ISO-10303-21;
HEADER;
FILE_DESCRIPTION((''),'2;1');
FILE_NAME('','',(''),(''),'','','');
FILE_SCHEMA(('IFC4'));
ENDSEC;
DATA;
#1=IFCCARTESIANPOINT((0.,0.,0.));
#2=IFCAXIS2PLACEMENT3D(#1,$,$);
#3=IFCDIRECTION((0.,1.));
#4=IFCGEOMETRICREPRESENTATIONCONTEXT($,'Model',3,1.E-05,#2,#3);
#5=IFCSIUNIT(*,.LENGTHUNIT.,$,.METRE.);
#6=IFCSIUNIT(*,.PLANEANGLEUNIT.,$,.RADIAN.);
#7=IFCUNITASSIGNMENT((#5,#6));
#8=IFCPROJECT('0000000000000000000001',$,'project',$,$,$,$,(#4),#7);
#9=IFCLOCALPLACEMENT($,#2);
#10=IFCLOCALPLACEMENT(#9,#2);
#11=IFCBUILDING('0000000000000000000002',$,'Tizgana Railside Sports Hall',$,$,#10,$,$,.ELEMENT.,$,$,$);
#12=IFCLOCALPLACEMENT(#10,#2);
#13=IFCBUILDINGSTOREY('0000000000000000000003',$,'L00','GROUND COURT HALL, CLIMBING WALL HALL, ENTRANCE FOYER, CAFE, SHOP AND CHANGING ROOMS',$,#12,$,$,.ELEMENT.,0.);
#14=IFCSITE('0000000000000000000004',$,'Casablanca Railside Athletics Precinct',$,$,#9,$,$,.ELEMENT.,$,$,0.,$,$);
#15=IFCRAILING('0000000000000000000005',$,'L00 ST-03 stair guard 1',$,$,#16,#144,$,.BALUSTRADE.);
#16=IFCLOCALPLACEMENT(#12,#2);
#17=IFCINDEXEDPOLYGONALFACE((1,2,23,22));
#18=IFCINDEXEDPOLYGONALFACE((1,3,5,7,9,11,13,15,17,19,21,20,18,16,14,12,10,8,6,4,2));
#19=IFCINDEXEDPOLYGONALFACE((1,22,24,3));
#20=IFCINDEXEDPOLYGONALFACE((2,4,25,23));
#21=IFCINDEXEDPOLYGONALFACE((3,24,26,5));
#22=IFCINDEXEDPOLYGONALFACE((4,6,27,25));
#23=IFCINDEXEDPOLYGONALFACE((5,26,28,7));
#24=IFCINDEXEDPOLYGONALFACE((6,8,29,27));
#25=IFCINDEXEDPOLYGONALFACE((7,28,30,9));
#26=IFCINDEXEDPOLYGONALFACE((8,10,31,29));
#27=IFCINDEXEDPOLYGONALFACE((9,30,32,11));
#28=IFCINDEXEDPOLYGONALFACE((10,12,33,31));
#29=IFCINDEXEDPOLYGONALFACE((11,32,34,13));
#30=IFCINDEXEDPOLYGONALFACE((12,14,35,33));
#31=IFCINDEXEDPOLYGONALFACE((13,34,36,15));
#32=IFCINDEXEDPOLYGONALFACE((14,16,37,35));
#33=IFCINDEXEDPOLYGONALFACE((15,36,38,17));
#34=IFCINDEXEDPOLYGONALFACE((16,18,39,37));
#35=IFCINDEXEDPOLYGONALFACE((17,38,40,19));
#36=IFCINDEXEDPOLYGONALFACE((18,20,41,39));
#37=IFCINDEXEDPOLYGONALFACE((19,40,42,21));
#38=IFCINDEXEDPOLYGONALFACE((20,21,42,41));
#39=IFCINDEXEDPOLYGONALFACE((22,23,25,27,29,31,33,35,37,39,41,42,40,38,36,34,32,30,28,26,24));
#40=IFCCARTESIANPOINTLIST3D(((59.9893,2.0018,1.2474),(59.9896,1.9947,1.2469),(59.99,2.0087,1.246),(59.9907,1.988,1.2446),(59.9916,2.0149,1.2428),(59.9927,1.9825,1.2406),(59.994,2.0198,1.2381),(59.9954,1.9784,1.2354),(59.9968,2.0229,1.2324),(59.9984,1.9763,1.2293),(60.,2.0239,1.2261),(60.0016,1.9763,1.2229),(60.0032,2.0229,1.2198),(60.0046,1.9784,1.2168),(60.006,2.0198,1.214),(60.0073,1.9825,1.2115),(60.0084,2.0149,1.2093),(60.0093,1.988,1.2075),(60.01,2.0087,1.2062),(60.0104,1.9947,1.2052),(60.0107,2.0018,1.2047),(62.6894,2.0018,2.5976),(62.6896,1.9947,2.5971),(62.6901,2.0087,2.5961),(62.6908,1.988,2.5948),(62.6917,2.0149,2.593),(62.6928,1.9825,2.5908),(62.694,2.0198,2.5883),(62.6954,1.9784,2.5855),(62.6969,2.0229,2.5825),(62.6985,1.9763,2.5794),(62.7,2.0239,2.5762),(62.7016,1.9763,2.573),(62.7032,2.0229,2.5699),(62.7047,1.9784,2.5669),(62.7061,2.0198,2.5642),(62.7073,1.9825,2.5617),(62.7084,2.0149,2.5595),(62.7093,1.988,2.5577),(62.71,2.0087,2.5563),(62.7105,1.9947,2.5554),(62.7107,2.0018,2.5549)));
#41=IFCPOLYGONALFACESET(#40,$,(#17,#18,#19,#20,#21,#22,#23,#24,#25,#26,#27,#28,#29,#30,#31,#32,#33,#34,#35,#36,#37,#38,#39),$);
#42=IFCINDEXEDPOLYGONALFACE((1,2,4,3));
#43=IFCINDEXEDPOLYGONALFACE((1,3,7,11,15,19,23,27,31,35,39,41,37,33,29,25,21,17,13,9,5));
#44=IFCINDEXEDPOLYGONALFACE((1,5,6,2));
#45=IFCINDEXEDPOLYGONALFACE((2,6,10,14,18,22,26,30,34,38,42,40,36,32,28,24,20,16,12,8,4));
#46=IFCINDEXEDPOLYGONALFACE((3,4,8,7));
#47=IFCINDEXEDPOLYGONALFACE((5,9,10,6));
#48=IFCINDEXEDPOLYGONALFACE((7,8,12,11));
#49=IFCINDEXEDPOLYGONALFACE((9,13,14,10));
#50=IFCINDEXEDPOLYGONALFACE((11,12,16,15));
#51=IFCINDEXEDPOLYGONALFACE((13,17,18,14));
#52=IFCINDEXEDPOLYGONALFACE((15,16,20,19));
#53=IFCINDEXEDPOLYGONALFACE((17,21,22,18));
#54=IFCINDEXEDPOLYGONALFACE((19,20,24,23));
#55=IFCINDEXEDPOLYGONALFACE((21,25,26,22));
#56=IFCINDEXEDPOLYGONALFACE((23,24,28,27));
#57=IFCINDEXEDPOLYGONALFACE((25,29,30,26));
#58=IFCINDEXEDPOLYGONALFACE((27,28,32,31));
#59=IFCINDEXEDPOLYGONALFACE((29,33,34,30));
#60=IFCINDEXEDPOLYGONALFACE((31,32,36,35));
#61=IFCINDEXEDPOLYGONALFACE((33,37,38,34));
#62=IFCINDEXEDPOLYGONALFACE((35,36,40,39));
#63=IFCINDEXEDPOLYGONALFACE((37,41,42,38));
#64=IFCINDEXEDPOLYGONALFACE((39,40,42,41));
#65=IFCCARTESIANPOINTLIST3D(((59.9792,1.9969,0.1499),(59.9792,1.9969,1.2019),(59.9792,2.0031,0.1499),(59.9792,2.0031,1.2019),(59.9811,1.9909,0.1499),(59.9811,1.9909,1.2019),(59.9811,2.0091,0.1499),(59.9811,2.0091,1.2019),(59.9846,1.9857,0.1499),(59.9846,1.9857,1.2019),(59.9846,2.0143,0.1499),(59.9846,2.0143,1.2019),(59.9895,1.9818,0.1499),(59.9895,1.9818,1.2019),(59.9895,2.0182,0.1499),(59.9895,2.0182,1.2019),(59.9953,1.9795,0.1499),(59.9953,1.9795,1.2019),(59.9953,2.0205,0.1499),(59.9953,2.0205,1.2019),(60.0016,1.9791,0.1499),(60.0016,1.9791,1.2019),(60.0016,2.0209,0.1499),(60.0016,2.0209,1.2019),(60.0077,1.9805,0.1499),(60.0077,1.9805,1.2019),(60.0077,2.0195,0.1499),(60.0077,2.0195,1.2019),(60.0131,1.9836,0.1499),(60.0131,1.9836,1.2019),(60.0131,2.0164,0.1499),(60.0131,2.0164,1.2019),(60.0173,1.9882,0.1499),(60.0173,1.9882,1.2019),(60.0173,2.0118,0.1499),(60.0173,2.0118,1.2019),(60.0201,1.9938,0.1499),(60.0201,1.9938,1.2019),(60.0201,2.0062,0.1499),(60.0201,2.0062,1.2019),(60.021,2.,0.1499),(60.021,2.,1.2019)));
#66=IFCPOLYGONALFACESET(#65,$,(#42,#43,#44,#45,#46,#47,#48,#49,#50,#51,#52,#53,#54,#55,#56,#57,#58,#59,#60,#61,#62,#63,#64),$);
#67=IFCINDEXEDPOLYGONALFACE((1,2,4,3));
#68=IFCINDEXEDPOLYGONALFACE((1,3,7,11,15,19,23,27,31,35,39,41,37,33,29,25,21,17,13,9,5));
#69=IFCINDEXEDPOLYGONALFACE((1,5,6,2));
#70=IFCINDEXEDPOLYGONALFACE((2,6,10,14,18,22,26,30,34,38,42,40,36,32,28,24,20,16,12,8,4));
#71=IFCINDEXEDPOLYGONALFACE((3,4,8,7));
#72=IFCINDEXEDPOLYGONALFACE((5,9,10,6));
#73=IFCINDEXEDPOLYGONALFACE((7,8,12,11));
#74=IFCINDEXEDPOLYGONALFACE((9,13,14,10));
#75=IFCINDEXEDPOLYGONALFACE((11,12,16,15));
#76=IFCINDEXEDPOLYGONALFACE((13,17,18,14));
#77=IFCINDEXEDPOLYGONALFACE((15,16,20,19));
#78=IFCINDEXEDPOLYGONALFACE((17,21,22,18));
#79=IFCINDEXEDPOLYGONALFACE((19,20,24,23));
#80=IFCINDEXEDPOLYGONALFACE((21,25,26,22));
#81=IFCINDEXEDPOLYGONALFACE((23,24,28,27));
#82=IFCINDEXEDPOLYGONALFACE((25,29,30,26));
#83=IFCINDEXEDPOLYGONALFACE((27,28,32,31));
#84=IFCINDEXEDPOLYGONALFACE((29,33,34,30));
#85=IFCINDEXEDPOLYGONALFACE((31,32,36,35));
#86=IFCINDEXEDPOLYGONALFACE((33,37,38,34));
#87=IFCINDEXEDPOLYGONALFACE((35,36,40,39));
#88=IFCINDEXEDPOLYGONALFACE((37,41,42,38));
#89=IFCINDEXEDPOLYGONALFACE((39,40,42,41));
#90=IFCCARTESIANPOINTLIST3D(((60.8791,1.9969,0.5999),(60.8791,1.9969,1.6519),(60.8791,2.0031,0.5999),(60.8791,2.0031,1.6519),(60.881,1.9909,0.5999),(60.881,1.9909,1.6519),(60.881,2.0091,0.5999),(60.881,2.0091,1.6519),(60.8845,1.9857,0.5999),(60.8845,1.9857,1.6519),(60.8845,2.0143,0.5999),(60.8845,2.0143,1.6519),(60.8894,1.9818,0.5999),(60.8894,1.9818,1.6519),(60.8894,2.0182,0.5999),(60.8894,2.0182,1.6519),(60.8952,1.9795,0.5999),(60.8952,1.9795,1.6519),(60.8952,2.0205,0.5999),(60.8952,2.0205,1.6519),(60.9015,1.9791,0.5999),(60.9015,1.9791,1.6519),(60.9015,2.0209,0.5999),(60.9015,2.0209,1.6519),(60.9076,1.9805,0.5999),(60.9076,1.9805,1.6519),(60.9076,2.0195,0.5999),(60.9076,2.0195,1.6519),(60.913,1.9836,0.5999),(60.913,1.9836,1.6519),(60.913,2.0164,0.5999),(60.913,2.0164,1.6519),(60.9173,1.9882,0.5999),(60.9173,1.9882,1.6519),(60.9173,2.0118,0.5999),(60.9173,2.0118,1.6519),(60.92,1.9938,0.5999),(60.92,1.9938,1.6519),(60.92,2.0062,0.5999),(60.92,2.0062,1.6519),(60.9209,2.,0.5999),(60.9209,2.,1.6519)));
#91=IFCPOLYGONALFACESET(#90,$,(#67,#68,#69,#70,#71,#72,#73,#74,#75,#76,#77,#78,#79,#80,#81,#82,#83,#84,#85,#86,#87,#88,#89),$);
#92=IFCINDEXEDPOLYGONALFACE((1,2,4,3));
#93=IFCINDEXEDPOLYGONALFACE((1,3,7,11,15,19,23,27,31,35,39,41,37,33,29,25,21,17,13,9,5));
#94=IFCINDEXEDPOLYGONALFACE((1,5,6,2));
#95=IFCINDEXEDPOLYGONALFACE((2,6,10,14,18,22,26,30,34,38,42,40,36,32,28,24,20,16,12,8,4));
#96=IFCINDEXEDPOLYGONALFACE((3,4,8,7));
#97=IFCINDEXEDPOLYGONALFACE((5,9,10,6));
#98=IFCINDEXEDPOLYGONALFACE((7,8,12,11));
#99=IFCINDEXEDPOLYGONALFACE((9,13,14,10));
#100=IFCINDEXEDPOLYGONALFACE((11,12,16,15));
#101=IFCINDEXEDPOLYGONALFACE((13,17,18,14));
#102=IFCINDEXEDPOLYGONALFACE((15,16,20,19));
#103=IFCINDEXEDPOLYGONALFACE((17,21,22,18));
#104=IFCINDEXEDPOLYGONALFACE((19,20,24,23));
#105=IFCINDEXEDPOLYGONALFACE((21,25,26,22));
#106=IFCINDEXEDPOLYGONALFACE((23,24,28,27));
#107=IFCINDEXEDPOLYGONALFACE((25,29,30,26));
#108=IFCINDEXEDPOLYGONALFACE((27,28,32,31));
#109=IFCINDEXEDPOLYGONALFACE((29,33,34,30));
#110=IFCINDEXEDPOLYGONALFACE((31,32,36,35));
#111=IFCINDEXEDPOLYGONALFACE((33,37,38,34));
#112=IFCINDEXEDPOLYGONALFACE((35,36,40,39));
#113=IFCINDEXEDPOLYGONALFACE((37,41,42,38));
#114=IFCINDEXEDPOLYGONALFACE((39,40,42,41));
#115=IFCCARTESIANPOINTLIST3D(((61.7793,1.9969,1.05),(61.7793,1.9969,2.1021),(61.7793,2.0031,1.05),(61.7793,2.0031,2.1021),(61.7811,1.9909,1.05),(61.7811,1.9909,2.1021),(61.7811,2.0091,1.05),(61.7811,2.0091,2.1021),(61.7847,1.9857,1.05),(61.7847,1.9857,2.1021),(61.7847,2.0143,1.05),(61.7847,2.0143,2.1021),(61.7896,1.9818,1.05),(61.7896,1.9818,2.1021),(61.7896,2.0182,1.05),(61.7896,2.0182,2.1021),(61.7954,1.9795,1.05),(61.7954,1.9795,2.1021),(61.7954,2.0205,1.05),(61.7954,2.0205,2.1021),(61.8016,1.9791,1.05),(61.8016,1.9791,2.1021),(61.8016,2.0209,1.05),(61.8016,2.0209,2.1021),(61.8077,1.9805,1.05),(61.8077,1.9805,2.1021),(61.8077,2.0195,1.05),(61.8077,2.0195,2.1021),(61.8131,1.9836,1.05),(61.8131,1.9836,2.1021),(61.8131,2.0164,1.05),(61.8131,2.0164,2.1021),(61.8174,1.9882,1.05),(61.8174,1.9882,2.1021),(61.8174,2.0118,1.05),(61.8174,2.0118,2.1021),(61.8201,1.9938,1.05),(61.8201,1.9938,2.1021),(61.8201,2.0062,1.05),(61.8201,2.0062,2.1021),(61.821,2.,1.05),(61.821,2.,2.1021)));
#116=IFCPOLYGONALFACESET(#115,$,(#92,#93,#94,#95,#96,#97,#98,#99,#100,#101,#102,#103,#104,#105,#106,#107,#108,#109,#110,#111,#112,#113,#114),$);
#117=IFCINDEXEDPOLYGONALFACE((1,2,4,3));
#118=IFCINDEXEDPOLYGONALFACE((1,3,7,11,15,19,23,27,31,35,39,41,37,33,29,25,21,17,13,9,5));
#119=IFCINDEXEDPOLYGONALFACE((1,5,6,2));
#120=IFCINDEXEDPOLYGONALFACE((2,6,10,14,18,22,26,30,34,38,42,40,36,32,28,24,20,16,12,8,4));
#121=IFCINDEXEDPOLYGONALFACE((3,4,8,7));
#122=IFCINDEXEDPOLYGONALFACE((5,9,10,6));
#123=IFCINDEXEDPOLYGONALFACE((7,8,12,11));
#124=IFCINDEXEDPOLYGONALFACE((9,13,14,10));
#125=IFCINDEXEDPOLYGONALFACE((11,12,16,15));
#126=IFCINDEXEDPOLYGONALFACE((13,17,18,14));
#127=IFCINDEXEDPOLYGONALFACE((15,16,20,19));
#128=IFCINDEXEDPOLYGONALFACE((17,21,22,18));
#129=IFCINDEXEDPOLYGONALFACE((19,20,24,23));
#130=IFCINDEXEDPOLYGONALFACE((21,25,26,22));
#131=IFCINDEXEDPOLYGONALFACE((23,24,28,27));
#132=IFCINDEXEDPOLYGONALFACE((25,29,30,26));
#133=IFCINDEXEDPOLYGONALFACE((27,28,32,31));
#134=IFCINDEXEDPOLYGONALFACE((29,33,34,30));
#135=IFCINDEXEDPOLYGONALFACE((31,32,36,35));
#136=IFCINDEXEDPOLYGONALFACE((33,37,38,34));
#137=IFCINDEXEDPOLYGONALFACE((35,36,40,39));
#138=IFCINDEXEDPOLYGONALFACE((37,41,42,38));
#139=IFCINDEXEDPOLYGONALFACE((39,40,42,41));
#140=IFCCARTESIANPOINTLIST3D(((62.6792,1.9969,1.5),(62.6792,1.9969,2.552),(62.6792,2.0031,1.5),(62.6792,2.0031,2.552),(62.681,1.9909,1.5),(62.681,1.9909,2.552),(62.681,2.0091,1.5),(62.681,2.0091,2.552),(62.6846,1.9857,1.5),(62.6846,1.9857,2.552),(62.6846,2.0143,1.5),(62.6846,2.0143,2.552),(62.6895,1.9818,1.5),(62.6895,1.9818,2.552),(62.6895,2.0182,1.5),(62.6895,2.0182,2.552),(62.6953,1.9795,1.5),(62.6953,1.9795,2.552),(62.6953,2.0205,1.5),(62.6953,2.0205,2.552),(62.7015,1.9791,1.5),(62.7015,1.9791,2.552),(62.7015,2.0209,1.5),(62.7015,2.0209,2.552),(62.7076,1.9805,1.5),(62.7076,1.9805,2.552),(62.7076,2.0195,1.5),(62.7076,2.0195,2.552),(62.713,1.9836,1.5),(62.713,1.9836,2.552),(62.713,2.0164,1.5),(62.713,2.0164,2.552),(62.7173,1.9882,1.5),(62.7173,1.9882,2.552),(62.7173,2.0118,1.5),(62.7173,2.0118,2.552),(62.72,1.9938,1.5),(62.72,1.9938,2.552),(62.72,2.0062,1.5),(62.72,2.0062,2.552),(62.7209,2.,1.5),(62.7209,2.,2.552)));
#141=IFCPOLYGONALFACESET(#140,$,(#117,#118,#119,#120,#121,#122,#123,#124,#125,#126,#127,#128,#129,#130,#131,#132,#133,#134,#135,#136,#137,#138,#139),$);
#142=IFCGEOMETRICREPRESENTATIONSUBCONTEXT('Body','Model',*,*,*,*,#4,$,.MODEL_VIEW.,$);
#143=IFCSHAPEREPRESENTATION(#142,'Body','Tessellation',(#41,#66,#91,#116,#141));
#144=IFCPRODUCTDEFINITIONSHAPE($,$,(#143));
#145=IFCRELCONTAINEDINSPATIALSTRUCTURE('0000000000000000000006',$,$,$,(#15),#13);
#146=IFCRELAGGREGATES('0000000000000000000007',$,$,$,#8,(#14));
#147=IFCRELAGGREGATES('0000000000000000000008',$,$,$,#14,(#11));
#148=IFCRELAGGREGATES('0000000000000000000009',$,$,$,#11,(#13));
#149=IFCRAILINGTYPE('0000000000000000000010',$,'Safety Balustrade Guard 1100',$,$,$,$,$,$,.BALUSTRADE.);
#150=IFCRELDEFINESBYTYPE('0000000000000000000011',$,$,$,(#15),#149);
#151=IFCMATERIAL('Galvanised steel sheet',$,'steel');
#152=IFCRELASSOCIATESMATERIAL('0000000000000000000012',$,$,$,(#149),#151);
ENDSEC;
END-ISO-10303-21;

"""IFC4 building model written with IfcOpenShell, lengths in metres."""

from ifc_helpers import new_model, si_unit, direction, frame, origin, origin_2d, place, context, subcontext, project, spatial, circle, extrude, material, type_object, element, save


model = new_model("IFC4")

# Units and contexts
model_context = context("Model", 3, precision=1e-05, world=origin(), true_north=direction((0.0, 1.0)))
body_context = subcontext(model_context, "Body", "Model", "MODEL_VIEW")
ifc_project = project(units=[si_unit("LENGTHUNIT", "METRE"), si_unit("PLANEANGLEUNIT", "RADIAN")], contexts=[model_context])

# Site, building, storey
site_placement = place(None, origin())
site = spatial("IfcSite", under=ifc_project, at=site_placement, Name="Casablanca Railside Athletics Precinct", CompositionType="ELEMENT", RefElevation=0.0)
building_placement = place(site_placement, origin())
building = spatial("IfcBuilding", under=site, at=building_placement, Name="Tizgana Railside Sports Hall", CompositionType="ELEMENT")
storey_placement = place(building_placement, origin())
storey = spatial("IfcBuildingStorey", under=building, at=storey_placement, Name="L00", Description="GROUND COURT HALL, CLIMBING WALL HALL, ENTRANCE FOYER, CAFE, SHOP AND CHANGING ROOMS", CompositionType="ELEMENT", Elevation=0.0)

# Railing
ifc_material_1 = material(Name="Galvanised steel sheet", Category="steel")
railing_type_1 = type_object("IfcRailingType", Name="Safety Balustrade Guard 1100", PredefinedType="BALUSTRADE", material=ifc_material_1)
railing_1_placement = place(storey_placement, frame((60.0, 2.0, 0.1499)))
element("IfcRailing", 1, at=railing_1_placement, inside=storey, type_object=railing_type_1, Name="L00 ST-03 stair guard 1", PredefinedType="BALUSTRADE", context=body_context, shape_type="SweptSolid", body=[
    extrude(circle(Radius=0.0239, at=origin_2d()), frame((0.0, 0.0, 1.0762), z_axis=(0.894411, 0.0, 0.447246), x_axis=(0.0, 1.0, 0.0)), (0.0, 0.0, 1.0), 3.0188),
    extrude(circle(Radius=0.021, at=origin_2d()), origin(), (0.0, 0.0, 1.0), 1.052),
    extrude(circle(Radius=0.021, at=origin_2d()), frame((0.8999, 0.0, 0.45)), (0.0, 0.0, 1.0), 1.052),
    extrude(circle(Radius=0.021, at=origin_2d()), frame((1.8, 0.0, 0.9001)), (0.0, 0.0, 1.0), 1.052),
    extrude(circle(Radius=0.021, at=origin_2d()), frame((2.7, 0.0, 1.3501)), (0.0, 0.0, 1.0), 1.052),
])

save(model, "model.ifc")
